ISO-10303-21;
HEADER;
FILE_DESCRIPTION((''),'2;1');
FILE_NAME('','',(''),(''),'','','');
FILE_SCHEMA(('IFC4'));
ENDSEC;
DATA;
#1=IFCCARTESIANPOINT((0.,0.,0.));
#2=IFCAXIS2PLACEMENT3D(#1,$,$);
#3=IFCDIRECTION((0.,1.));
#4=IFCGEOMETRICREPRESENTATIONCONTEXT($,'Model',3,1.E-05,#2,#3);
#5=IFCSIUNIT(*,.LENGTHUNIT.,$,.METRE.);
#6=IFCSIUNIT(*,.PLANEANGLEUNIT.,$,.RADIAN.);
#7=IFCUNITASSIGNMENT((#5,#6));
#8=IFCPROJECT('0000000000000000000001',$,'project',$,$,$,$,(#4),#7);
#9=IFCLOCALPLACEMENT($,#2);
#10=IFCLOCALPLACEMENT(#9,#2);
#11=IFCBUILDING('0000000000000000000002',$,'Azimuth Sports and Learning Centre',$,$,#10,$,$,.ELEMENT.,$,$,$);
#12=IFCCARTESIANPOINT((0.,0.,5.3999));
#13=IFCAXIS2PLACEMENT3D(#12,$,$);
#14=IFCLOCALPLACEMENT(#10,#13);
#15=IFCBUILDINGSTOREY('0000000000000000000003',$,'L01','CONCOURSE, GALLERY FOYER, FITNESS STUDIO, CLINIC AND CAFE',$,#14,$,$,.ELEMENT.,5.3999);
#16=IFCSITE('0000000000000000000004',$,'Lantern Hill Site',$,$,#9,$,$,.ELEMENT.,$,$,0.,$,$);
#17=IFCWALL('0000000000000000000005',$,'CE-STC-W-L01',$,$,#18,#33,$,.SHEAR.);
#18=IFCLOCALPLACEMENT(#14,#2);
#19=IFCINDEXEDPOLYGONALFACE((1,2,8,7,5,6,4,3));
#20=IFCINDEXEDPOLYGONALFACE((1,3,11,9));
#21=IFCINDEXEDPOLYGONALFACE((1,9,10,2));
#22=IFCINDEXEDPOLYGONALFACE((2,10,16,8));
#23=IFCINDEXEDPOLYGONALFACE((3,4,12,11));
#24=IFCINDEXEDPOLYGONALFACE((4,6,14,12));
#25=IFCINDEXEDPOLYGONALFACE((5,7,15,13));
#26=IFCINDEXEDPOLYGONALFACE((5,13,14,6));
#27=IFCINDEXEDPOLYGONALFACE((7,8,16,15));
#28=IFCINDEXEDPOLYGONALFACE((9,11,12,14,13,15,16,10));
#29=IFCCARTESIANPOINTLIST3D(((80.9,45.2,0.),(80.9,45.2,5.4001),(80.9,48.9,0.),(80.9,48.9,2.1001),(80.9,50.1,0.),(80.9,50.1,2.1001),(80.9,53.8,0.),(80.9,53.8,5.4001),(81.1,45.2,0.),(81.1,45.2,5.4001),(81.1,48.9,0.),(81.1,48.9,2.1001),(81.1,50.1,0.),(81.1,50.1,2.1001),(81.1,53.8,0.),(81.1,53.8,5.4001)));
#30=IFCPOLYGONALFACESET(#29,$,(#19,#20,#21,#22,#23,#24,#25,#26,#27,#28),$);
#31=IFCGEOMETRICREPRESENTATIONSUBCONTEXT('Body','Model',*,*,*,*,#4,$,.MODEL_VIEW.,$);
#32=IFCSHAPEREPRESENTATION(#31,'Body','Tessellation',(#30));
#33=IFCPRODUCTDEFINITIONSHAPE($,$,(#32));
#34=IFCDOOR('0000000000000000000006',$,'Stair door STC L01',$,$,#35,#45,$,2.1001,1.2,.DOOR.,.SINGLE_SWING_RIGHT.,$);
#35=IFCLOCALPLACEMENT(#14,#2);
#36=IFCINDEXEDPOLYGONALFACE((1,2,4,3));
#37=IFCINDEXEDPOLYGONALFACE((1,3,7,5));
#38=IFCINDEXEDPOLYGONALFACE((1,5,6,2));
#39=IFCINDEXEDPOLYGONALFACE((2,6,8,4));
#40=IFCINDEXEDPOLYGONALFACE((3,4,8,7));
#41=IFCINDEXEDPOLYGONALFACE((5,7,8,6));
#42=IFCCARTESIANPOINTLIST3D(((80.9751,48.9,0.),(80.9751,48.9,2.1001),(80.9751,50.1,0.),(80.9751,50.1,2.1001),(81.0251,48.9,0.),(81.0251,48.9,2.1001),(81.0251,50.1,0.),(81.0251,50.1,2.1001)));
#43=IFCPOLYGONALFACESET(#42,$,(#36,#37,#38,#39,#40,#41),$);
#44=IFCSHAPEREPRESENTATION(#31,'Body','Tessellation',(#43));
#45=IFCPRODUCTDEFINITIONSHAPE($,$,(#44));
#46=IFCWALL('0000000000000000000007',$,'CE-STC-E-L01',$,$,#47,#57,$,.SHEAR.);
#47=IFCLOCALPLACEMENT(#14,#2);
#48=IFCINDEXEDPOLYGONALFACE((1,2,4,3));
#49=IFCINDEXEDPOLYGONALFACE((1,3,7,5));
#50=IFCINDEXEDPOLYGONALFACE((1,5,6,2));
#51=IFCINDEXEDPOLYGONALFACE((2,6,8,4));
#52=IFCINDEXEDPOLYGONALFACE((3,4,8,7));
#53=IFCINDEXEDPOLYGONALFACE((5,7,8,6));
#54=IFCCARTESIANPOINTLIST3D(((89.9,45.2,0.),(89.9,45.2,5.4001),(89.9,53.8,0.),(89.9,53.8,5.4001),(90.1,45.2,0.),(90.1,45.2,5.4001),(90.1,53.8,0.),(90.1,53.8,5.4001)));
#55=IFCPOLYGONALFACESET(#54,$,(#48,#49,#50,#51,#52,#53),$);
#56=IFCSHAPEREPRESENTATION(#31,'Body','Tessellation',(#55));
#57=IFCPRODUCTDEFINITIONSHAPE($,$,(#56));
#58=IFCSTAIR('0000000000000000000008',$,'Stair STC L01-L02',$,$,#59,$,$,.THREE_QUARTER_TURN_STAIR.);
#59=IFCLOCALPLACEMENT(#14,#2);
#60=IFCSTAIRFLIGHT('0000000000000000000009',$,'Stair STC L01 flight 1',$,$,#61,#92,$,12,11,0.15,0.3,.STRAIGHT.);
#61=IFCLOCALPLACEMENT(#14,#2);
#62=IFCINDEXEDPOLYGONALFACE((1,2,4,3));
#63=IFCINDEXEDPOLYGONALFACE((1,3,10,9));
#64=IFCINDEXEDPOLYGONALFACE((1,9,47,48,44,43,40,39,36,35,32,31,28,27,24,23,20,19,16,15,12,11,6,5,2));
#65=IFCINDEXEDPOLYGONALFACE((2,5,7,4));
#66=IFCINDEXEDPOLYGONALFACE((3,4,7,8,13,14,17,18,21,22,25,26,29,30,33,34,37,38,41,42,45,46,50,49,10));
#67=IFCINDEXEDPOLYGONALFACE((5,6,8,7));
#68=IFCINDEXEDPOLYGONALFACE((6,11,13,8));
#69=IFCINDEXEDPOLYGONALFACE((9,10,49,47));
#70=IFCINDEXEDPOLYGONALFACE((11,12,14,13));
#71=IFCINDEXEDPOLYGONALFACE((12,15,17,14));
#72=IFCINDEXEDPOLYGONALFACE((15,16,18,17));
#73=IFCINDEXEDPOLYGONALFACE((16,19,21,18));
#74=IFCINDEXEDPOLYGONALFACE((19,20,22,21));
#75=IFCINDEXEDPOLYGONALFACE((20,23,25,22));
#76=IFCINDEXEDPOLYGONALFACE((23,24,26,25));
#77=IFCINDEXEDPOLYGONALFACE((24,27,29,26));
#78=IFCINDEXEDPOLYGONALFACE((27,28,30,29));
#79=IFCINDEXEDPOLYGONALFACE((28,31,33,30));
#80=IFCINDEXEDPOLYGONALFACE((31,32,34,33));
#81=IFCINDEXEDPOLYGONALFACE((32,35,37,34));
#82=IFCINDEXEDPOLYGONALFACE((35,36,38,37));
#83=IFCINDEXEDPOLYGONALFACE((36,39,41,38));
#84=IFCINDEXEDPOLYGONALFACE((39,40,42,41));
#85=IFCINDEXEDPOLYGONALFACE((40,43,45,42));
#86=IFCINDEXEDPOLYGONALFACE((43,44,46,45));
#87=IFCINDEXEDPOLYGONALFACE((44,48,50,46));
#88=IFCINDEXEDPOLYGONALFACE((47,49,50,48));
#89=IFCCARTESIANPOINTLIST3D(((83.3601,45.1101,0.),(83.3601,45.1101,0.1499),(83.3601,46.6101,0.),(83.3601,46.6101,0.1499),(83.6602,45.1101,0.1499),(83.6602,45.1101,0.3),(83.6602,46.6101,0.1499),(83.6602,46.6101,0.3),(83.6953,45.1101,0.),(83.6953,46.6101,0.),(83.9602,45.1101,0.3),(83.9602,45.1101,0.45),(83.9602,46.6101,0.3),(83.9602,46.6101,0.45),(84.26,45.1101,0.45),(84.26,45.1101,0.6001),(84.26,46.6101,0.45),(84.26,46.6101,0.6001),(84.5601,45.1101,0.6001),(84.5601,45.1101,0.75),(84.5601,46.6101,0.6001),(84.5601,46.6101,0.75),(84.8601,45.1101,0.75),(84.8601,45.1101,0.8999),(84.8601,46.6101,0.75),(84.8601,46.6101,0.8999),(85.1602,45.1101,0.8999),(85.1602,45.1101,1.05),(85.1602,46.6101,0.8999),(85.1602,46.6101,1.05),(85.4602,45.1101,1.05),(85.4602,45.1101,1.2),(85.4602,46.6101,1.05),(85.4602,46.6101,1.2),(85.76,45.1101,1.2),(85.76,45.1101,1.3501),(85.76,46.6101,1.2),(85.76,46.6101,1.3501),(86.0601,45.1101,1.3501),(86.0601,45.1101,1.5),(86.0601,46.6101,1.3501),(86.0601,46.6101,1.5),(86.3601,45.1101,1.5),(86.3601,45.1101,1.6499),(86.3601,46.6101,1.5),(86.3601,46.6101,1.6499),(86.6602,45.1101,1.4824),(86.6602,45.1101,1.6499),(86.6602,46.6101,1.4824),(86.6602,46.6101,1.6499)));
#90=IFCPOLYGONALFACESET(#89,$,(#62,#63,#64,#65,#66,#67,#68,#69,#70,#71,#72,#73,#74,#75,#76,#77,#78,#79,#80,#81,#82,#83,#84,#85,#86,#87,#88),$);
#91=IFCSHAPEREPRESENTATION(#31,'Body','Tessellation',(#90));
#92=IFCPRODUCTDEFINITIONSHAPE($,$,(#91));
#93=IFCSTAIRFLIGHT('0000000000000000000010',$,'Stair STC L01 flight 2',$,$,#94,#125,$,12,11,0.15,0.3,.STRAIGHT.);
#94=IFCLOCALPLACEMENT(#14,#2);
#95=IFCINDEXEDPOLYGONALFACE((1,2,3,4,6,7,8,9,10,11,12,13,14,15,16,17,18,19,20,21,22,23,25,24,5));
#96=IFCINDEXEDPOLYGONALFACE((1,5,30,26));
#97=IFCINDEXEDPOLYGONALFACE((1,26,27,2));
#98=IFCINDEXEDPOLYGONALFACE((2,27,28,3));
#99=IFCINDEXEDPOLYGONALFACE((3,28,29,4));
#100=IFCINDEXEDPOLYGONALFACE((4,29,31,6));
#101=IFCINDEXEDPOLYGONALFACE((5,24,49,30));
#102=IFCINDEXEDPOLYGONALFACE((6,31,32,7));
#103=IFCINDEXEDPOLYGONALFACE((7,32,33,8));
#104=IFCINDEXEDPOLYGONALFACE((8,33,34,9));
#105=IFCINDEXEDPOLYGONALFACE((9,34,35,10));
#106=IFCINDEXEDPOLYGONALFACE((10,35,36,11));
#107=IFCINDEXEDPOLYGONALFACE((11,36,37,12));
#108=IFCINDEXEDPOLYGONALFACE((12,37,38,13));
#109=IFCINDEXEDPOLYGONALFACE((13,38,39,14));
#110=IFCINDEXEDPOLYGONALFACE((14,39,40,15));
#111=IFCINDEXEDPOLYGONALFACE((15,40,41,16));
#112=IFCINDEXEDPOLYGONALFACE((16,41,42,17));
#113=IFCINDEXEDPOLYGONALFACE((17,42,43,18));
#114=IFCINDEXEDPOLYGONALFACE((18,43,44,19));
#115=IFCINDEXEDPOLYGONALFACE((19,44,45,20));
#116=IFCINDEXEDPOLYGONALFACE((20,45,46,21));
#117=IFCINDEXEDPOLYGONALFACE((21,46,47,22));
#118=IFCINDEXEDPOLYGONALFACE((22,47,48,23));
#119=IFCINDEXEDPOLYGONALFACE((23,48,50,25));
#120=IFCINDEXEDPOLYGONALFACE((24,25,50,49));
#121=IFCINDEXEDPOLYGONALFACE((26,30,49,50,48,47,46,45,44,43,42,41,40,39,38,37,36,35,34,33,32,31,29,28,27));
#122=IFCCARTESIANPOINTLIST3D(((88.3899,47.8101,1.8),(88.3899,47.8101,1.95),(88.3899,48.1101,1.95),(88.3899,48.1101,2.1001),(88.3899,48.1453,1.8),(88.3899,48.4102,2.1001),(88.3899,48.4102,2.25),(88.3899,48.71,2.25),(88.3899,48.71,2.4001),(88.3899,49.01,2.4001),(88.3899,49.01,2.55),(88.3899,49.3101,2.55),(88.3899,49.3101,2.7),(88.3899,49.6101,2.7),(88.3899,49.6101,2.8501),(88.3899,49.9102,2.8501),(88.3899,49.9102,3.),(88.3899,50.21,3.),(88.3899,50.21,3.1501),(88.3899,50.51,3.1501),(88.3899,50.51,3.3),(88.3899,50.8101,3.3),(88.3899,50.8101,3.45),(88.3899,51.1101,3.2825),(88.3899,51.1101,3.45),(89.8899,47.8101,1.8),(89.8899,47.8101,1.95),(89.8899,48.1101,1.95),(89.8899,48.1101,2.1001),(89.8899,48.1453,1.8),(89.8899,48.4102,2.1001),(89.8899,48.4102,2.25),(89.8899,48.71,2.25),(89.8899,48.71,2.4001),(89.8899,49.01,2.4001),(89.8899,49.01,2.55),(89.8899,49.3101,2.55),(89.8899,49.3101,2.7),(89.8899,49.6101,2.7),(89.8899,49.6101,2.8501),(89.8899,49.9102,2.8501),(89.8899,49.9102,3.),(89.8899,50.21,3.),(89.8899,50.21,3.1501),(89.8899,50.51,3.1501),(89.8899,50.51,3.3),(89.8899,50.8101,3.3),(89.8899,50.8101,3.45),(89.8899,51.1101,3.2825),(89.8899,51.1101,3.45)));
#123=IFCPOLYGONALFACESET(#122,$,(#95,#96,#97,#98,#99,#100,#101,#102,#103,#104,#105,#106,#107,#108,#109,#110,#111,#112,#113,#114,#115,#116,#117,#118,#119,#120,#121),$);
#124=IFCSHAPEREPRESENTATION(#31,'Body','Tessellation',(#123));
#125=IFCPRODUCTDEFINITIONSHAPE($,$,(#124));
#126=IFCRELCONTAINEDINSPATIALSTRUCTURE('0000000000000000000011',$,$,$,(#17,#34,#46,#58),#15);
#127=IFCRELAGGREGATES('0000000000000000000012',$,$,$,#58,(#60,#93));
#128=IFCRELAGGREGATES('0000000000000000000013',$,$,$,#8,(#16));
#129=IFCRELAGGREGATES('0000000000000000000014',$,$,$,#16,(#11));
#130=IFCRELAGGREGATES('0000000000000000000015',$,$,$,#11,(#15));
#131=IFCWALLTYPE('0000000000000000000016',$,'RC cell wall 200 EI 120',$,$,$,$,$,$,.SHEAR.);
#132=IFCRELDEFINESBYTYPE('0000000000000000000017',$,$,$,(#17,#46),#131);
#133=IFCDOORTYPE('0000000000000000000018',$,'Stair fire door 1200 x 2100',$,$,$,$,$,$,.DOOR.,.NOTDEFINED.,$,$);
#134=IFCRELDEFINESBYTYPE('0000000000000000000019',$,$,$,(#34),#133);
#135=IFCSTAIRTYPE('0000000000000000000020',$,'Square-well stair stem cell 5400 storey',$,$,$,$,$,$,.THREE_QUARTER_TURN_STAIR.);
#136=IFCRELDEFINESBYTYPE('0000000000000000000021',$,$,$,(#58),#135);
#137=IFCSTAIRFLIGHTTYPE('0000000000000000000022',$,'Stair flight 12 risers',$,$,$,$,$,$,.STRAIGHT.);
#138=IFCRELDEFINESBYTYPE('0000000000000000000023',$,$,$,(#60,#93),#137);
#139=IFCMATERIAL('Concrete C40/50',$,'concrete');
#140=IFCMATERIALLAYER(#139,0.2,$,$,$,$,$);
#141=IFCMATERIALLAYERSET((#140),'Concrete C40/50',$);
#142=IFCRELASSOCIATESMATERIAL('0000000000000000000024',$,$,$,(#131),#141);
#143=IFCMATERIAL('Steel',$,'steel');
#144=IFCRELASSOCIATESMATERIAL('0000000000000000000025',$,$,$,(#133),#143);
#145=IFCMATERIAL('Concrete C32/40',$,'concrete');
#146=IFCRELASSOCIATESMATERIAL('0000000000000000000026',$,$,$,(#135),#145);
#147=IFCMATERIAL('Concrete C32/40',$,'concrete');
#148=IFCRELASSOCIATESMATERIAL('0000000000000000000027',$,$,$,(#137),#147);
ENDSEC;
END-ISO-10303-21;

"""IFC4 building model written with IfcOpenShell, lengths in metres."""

from ifc_helpers import new_model, si_unit, direction, frame, frame_2d, origin, place, context, subcontext, project, spatial, polyline, rectangle, outline, extrude, material, layer, layer_set, type_object, element, fill, aggregate, save


model = new_model("IFC4")

# Units and contexts
model_context = context("Model", 3, precision=1e-05, world=origin(), true_north=direction((0.0, 1.0)))
body_context = subcontext(model_context, "Body", "Model", "MODEL_VIEW")
ifc_project = project(units=[si_unit("LENGTHUNIT", "METRE"), si_unit("PLANEANGLEUNIT", "RADIAN")], contexts=[model_context])

# Site, building, storey
site_placement = place(None, origin())
site = spatial("IfcSite", under=ifc_project, at=site_placement, Name="Lantern Hill Site", CompositionType="ELEMENT", RefElevation=0.0)
building_placement = place(site_placement, origin())
building = spatial("IfcBuilding", under=site, at=building_placement, Name="Azimuth Sports and Learning Centre", CompositionType="ELEMENT")
storey_placement = place(building_placement, frame((0.0, 0.0, 5.3999)))
storey = spatial("IfcBuildingStorey", under=building, at=storey_placement, Name="L01", Description="CONCOURSE, GALLERY FOYER, FITNESS STUDIO, CLINIC AND CAFE", CompositionType="ELEMENT", Elevation=5.3999)

# Shared definitions
ifc_material_1 = material(Name="Concrete C40/50", Category="concrete")
ifc_layer_1 = layer(ifc_material_1, 0.2)
ifc_layer_set_1 = layer_set([ifc_layer_1], Name="Concrete C40/50")
wall_type_1 = type_object("IfcWallType", Name="RC cell wall 200 EI 120", PredefinedType="SHEAR", material=ifc_layer_set_1)

# Wall, opening, door
wall_1_placement = place(storey_placement, frame((81.0, 45.2, 0.0), z_axis=(0.0, 0.0, 1.0), x_axis=(0.0, 1.0, 0.0)))
wall_1 = element("IfcWall", 1, at=wall_1_placement, inside=storey, type_object=wall_type_1, Name="CE-STC-W-L01", PredefinedType="SHEAR", context=body_context, shape_type="SweptSolid", body=[
    extrude(rectangle(XDim=8.6001, YDim=0.2, at=frame_2d((4.3, 0.0))), origin(), (0.0, 0.0, 1.0), 5.4001),
])
opening_1_placement = place(wall_1_placement, frame((3.7, 0.0, 0.0)))
opening_1 = element("IfcOpeningElement", 2, at=opening_1_placement, cuts=wall_1, PredefinedType="OPENING", context=body_context, shape_type="SweptSolid", body=[
    extrude(rectangle(XDim=1.2, YDim=2.1001, at=frame_2d((0.6001, 1.05))), frame((0.0, 0.1108, 0.0), z_axis=(0.0, -1.0, 0.0), x_axis=(1.0, 0.0, 0.0)), (0.0, 0.0, 1.0), 0.2219),
])
ifc_material_2 = material(Name="Steel", Category="steel")
door_type_1 = type_object("IfcDoorType", Name="Stair fire door 1200 x 2100", OperationType="NOTDEFINED", PredefinedType="DOOR", material=ifc_material_2)
door_1_placement = place(opening_1_placement, origin())
door_1 = element("IfcDoor", 3, at=door_1_placement, inside=storey, type_object=door_type_1, Name="Stair door STC L01", OperationType="SINGLE_SWING_RIGHT", OverallHeight=2.1001, OverallWidth=1.2, PredefinedType="DOOR", context=body_context, shape_type="SweptSolid", body=[
    extrude(rectangle(XDim=1.2, YDim=2.1001, at=frame_2d((0.6001, 1.05))), frame((0.0, 0.0249, 0.0), z_axis=(0.0, -1.0, 0.0), x_axis=(1.0, 0.0, 0.0)), (0.0, 0.0, 1.0), 0.05),
])
fill(opening_1, door_1)

# Wall
wall_2_placement = place(storey_placement, frame((90.0, 45.2, 0.0), z_axis=(0.0, 0.0, 1.0), x_axis=(0.0, 1.0, 0.0)))
element("IfcWall", 4, at=wall_2_placement, inside=storey, type_object=wall_type_1, Name="CE-STC-E-L01", PredefinedType="SHEAR", context=body_context, shape_type="SweptSolid", body=[
    extrude(rectangle(XDim=8.6001, YDim=0.2, at=frame_2d((4.3, 0.0))), origin(), (0.0, 0.0, 1.0), 5.4001),
])

# Stair, stair flights
ifc_material_3 = material(Name="Concrete C32/40", Category="concrete")
stair_type = type_object("IfcStairType", Name="Square-well stair stem cell 5400 storey", PredefinedType="THREE_QUARTER_TURN_STAIR", material=ifc_material_3)
stair_placement = place(storey_placement, origin())
stair = element("IfcStair", 5, at=stair_placement, inside=storey, type_object=stair_type, Name="Stair STC L01-L02", PredefinedType="THREE_QUARTER_TURN_STAIR")
ifc_material_4 = material(Name="Concrete C32/40", Category="concrete")
stair_flight_type = type_object("IfcStairFlightType", Name="Stair flight 12 risers", PredefinedType="STRAIGHT", material=ifc_material_4)
stair_flight_1_placement = place(storey_placement, frame((83.3601, 45.8601, 0.0), z_axis=(0.0, 0.0, 1.0), x_axis=(1.0, 0.0, 0.0)))
stair_flight_1 = element("IfcStairFlight", 6, at=stair_flight_1_placement, type_object=stair_flight_type, Name="Stair STC L01 flight 1", NumberOfRisers=12, NumberOfTreads=11, PredefinedType="STRAIGHT", RiserHeight=0.15, TreadLength=0.3, context=body_context, shape_type="SweptSolid", body=[
    extrude(outline(polyline([(0.0, 0.0), (0.0, 0.1499), (0.3, 0.1499), (0.3, 0.3), (0.6001, 0.3), (0.6001, 0.45), (0.8999, 0.45), (0.8999, 0.6001), (1.2, 0.6001), (1.2, 0.75), (1.5, 0.75), (1.5, 0.8999), (1.8, 0.8999), (1.8, 1.05), (2.1001, 1.05), (2.1001, 1.2), (2.3999, 1.2), (2.3999, 1.3501), (2.7, 1.3501), (2.7, 1.5), (3.0, 1.5), (3.0, 1.6499), (3.3, 1.6499), (3.3, 1.8), (3.3, 1.4824), (0.3352, 0.0), (0.0, 0.0)])), frame((0.0, 0.75, 0.0), z_axis=(0.0, -1.0, 0.0), x_axis=(1.0, 0.0, 0.0)), (0.0, 0.0, 1.0), 1.5),
])
stair_flight_2_placement = place(storey_placement, frame((89.1399, 47.8101, 1.8), z_axis=(0.0, 0.0, 1.0), x_axis=(0.0, 1.0, 0.0)))
stair_flight_2 = element("IfcStairFlight", 7, at=stair_flight_2_placement, type_object=stair_flight_type, Name="Stair STC L01 flight 2", NumberOfRisers=12, NumberOfTreads=11, PredefinedType="STRAIGHT", RiserHeight=0.15, TreadLength=0.3, context=body_context, shape_type="SweptSolid", body=[
    extrude(outline(polyline([(0.0, 0.0), (0.0, 0.1499), (0.3, 0.1499), (0.3, 0.3), (0.6001, 0.3), (0.6001, 0.45), (0.8999, 0.45), (0.8999, 0.6001), (1.2, 0.6001), (1.2, 0.75), (1.5, 0.75), (1.5, 0.8999), (1.8, 0.8999), (1.8, 1.05), (2.1001, 1.05), (2.1001, 1.2), (2.3999, 1.2), (2.3999, 1.3501), (2.7, 1.3501), (2.7, 1.5), (3.0, 1.5), (3.0, 1.6499), (3.3, 1.6499), (3.3, 1.8), (3.3, 1.4824), (0.3352, 0.0), (0.0, 0.0)])), frame((0.0, 0.75, 0.0), z_axis=(0.0, -1.0, 0.0), x_axis=(1.0, 0.0, 0.0)), (0.0, 0.0, 1.0), 1.5),
])
aggregate(stair, [stair_flight_1, stair_flight_2])

save(model, "model.ifc")
